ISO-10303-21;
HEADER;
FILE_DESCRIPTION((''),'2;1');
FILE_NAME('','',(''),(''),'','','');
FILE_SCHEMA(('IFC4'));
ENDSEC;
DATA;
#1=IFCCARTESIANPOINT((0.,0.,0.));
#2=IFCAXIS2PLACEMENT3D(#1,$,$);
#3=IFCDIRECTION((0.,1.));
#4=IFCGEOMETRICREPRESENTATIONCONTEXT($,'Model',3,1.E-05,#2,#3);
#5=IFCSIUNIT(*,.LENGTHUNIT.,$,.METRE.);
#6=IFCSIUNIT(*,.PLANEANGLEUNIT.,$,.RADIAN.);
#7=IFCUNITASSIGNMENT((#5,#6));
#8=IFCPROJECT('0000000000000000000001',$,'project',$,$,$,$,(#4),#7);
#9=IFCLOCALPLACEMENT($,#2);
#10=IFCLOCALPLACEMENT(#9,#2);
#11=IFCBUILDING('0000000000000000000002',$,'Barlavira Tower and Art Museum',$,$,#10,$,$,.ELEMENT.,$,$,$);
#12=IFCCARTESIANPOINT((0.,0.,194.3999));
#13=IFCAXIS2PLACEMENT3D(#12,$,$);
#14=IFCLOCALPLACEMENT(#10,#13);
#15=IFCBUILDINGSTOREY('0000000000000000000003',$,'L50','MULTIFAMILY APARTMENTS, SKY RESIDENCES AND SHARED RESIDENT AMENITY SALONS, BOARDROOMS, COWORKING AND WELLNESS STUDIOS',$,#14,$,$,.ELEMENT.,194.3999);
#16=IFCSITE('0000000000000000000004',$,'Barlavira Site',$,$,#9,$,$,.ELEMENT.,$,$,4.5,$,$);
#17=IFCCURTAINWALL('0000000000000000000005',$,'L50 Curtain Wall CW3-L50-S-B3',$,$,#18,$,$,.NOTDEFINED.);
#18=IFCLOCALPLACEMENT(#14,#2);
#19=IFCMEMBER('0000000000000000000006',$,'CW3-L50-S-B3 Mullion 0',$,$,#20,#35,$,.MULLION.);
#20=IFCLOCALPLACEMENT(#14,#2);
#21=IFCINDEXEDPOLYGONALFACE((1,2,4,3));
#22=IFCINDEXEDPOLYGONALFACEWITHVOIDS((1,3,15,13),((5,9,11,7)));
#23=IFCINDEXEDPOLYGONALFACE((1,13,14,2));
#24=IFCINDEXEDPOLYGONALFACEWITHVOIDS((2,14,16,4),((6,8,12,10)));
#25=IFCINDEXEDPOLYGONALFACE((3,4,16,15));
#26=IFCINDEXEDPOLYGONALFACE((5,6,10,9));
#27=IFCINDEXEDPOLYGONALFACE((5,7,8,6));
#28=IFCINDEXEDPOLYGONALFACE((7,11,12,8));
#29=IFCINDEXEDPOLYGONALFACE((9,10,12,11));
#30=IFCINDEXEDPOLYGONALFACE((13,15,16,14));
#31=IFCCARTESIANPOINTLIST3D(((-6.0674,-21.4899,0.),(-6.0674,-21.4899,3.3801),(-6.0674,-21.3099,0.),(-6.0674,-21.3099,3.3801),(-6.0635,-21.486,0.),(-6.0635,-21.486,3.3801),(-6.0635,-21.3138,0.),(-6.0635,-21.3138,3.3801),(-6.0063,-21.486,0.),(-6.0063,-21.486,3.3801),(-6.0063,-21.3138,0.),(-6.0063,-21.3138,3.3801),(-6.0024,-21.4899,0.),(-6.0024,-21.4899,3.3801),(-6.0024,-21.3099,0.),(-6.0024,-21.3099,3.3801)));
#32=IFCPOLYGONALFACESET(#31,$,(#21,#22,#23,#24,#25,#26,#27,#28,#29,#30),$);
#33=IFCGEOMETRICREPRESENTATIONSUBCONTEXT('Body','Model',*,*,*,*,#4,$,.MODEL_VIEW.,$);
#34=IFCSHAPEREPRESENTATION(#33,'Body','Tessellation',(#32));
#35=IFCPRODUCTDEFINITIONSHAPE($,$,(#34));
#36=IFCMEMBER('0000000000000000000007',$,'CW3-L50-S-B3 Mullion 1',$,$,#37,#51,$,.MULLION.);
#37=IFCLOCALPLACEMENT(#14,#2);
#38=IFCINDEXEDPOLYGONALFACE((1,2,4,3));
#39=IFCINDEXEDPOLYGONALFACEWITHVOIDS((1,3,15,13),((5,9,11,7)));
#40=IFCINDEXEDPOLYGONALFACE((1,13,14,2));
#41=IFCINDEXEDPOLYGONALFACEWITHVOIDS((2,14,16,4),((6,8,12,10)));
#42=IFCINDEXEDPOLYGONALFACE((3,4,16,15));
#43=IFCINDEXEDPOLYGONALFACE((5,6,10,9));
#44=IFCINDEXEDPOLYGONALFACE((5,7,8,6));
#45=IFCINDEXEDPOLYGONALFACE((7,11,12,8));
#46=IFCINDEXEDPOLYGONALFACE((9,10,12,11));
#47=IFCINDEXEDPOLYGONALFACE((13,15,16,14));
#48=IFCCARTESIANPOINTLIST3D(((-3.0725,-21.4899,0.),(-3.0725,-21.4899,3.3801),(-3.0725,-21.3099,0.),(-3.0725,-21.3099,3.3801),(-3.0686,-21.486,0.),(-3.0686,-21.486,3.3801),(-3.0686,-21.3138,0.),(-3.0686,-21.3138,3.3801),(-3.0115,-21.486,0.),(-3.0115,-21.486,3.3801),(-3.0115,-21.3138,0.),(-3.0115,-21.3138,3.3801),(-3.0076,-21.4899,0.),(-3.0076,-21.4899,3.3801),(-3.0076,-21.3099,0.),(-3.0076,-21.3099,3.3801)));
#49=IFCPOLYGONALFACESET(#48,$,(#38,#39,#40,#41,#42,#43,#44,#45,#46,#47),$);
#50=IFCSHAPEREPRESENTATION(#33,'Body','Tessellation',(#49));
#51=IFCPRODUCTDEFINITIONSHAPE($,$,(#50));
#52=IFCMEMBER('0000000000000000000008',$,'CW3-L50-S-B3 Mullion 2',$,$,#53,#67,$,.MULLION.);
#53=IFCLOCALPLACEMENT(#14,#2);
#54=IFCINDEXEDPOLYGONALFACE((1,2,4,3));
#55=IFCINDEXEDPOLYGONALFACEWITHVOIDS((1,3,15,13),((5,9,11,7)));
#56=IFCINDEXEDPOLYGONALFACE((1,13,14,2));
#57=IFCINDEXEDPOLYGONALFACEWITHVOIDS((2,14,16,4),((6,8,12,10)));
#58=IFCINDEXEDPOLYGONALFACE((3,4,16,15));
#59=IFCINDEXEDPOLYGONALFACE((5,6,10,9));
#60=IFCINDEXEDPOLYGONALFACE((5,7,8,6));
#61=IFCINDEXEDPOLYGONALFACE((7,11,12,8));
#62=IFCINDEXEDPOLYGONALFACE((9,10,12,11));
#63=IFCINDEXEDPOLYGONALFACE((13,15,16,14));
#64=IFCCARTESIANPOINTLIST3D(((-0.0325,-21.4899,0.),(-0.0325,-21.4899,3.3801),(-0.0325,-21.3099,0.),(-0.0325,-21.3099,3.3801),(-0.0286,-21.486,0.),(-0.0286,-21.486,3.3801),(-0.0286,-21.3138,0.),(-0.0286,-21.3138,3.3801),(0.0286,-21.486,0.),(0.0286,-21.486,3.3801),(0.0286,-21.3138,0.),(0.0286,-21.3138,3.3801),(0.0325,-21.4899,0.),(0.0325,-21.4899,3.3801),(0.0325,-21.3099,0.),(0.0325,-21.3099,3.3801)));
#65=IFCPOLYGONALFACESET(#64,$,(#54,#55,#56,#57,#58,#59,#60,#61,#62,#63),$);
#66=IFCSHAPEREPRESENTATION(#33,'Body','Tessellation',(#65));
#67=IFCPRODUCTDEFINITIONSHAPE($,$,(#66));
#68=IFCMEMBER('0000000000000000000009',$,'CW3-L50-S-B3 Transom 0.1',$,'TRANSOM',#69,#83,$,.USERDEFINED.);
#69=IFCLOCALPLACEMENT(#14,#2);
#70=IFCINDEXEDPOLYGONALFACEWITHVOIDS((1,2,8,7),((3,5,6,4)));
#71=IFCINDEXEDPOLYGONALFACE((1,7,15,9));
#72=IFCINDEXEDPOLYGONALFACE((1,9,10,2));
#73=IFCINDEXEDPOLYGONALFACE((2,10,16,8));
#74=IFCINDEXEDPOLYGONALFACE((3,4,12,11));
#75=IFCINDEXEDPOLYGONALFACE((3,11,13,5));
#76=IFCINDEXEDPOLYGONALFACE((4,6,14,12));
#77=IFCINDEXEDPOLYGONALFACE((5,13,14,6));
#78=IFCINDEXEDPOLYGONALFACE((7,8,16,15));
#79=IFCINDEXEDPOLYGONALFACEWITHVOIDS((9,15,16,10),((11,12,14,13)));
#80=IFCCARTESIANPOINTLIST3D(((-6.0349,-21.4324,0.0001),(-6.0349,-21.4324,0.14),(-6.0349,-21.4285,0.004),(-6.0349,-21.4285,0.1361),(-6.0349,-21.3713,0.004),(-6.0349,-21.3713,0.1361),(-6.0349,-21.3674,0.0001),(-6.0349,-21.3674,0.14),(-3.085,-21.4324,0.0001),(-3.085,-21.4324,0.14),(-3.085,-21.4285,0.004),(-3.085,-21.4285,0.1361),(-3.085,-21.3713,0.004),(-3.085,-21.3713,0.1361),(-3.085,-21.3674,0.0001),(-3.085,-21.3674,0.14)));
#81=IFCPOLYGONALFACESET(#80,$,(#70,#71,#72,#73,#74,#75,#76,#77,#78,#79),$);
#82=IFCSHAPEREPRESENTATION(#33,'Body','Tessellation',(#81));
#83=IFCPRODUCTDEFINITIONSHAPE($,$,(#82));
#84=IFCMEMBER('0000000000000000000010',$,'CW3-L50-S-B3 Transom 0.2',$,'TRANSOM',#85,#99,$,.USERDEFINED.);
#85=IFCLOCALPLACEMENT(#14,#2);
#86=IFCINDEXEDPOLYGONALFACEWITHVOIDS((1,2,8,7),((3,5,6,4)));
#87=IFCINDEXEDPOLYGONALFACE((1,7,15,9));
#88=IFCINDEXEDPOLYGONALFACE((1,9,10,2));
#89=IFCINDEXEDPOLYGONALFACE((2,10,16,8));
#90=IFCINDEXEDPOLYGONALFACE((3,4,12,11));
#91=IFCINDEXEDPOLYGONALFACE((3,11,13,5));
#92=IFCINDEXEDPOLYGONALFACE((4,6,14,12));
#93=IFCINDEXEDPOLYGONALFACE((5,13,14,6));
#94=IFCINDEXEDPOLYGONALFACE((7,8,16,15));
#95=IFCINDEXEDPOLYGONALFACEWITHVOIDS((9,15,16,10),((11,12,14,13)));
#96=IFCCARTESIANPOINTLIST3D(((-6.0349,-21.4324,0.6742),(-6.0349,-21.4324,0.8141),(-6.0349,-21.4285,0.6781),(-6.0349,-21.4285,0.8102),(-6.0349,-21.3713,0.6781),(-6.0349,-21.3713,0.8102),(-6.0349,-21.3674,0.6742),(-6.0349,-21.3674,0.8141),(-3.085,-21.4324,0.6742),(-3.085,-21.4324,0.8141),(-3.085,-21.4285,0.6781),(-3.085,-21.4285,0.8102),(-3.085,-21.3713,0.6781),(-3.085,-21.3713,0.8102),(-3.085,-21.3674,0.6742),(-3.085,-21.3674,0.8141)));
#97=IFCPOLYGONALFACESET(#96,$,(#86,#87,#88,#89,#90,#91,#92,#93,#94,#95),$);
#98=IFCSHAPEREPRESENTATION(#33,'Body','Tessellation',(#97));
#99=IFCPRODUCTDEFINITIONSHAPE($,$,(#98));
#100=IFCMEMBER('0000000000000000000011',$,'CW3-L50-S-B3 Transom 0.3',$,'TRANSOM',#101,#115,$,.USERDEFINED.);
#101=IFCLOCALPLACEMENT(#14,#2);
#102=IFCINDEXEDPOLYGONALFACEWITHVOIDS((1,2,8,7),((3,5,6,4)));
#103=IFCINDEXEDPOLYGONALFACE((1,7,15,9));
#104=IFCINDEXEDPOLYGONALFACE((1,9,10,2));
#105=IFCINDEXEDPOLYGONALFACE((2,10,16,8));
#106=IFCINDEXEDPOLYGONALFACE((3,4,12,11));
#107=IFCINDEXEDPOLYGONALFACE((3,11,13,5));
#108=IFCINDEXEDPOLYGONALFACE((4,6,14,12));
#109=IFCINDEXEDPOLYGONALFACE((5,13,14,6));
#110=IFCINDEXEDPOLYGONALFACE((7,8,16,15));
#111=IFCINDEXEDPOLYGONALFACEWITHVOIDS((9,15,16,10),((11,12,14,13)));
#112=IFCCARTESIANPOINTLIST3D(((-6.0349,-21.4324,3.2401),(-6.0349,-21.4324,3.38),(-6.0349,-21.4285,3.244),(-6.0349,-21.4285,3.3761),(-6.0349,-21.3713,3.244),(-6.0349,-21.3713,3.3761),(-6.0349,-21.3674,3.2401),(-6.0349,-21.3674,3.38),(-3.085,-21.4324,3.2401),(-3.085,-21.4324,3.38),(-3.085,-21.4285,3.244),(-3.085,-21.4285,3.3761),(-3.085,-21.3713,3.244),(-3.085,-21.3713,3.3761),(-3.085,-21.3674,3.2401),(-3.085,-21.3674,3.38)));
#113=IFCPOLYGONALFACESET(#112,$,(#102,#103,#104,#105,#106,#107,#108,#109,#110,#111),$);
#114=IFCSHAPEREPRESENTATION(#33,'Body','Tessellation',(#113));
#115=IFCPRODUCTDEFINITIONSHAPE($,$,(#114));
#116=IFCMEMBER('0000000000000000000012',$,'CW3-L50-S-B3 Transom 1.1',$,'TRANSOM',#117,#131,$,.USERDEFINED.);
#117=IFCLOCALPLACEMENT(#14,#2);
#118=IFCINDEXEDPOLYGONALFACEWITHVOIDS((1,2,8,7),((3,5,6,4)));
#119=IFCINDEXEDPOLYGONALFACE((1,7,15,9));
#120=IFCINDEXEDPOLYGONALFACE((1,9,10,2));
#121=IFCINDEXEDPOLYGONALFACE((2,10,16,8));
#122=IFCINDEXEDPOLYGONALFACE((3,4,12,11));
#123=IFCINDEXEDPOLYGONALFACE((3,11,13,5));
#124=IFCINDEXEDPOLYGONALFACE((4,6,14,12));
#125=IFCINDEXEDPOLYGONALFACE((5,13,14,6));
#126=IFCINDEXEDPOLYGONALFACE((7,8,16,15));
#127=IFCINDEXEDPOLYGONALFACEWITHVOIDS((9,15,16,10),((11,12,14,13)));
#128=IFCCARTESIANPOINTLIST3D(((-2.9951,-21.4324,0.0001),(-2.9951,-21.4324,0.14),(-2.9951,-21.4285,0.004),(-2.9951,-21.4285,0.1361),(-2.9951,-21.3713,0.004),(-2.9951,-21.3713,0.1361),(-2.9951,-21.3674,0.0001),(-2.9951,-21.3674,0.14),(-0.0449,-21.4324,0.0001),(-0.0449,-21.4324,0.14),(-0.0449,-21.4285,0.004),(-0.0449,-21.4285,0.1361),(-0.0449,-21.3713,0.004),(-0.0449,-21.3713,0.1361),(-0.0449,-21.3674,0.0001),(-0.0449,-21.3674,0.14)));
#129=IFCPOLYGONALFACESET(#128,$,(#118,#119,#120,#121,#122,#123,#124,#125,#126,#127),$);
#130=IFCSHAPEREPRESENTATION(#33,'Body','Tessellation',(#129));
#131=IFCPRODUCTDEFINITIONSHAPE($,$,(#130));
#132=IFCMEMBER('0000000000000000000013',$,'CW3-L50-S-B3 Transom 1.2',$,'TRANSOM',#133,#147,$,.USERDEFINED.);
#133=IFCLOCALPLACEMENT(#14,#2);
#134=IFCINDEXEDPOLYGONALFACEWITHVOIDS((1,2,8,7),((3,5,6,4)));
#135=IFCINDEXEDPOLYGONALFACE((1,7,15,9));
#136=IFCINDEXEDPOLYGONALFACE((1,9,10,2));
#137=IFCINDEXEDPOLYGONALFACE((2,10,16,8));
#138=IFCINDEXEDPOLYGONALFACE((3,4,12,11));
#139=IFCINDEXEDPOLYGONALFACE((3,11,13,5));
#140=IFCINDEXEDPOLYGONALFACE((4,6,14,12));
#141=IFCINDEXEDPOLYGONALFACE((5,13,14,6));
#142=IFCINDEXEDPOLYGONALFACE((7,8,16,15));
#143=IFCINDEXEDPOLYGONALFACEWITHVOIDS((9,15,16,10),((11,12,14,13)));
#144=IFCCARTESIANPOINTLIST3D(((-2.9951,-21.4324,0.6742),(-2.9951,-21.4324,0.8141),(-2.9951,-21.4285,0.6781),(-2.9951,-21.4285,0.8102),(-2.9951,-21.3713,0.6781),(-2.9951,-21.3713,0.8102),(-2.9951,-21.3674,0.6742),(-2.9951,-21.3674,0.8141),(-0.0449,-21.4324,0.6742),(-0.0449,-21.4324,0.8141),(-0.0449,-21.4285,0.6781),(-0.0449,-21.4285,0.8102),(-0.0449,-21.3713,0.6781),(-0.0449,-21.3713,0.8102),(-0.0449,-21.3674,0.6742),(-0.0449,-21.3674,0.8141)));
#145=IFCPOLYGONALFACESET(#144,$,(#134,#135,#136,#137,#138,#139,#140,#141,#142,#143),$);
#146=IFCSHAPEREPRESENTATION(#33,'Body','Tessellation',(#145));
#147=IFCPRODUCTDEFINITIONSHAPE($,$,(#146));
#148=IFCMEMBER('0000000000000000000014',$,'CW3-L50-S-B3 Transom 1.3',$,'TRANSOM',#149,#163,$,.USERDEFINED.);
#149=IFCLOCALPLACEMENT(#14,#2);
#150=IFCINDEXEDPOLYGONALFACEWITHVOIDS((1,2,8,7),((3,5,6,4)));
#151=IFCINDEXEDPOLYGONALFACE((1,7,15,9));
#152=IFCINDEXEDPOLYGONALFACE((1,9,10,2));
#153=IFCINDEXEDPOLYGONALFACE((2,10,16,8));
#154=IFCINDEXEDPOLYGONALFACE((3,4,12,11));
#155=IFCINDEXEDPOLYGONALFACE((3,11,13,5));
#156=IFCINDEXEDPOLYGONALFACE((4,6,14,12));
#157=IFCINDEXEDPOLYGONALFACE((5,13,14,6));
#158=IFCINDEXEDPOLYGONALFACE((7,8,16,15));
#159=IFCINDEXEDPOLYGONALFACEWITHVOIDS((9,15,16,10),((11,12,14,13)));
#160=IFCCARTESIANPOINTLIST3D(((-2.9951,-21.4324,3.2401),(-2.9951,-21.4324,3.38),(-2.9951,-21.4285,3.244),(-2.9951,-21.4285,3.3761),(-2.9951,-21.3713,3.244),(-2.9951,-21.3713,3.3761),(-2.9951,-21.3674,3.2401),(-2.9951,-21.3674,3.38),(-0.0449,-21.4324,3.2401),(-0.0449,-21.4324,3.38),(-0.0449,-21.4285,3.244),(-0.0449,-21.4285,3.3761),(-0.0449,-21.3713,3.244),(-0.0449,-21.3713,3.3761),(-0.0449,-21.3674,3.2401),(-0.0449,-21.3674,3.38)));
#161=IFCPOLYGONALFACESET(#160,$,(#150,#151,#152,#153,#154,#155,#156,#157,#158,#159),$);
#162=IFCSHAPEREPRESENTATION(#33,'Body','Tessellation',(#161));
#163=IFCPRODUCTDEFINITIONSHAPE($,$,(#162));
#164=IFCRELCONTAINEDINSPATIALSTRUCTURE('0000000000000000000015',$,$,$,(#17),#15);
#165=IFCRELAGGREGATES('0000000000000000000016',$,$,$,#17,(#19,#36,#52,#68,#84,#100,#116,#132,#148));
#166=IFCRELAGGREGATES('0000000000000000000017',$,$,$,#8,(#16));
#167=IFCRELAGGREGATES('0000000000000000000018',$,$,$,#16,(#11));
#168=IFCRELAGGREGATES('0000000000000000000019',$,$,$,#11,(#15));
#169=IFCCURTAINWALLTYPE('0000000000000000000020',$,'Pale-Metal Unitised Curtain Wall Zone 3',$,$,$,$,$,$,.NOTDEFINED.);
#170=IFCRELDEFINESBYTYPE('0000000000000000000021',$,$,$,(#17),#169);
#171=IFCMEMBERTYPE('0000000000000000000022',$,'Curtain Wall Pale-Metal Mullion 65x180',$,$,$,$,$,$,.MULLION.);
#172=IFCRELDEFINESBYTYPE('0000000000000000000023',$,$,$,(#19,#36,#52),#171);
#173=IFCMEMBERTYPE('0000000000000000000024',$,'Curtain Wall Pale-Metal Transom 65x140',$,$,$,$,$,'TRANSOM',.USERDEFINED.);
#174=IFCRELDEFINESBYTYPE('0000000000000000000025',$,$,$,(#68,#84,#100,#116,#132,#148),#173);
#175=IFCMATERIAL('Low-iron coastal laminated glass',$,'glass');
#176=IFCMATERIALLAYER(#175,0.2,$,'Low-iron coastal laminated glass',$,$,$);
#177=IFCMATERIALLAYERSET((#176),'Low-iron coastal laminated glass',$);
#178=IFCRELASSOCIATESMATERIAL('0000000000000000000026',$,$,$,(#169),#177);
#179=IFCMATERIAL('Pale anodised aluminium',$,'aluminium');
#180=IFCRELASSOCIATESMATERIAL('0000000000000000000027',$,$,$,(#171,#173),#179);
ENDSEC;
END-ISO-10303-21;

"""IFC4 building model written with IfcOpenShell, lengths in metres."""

from ifc_helpers import new_model, si_unit, direction, frame, origin, origin_2d, place, context, subcontext, project, spatial, hollow_rectangle, extrude, material, layer, layer_set, material_profile, profile_set, type_object, element, aggregate, save


model = new_model("IFC4")

# Units and contexts
model_context = context("Model", 3, precision=1e-05, world=origin(), true_north=direction((0.0, 1.0)))
body_context = subcontext(model_context, "Body", "Model", "MODEL_VIEW")
ifc_project = project(units=[si_unit("LENGTHUNIT", "METRE"), si_unit("PLANEANGLEUNIT", "RADIAN")], contexts=[model_context])

# Site, building, storey
site_placement = place(None, origin())
site = spatial("IfcSite", under=ifc_project, at=site_placement, Name="Barlavira Site", CompositionType="ELEMENT", RefElevation=4.5)
building_placement = place(site_placement, origin())
building = spatial("IfcBuilding", under=site, at=building_placement, Name="Barlavira Tower and Art Museum", CompositionType="ELEMENT")
storey_placement = place(building_placement, frame((0.0, 0.0, 194.3999)))
storey = spatial("IfcBuildingStorey", under=building, at=storey_placement, Name="L50", Description="MULTIFAMILY APARTMENTS, SKY RESIDENCES AND SHARED RESIDENT AMENITY SALONS, BOARDROOMS, COWORKING AND WELLNESS STUDIOS", CompositionType="ELEMENT", Elevation=194.3999)

# Curtain wall, members
ifc_material_1 = material(Name="Low-iron coastal laminated glass", Category="glass")
ifc_layer_1 = layer(ifc_material_1, 0.2, Name="Low-iron coastal laminated glass")
ifc_layer_set_1 = layer_set([ifc_layer_1], Name="Low-iron coastal laminated glass")
curtain_wall_type = type_object("IfcCurtainWallType", Name="Pale-Metal Unitised Curtain Wall Zone 3", PredefinedType="NOTDEFINED", material=ifc_layer_set_1)
curtain_wall_placement = place(storey_placement, origin())
curtain_wall = element("IfcCurtainWall", 1, at=curtain_wall_placement, inside=storey, type_object=curtain_wall_type, Name="L50 Curtain Wall CW3-L50-S-B3", PredefinedType="NOTDEFINED")
ifc_material_2 = material(Name="Pale anodised aluminium", Category="aluminium")
ifc_material_profile_1 = material_profile(ifc_material_2, hollow_rectangle(XDim=0.0649, YDim=0.1799, WallThickness=0.0039, at=origin_2d()), Name="ALU-MULL 65x180x4")
ifc_profile_set_1 = profile_set([ifc_material_profile_1], Name="Pale anodised aluminium")
member_type_1 = type_object("IfcMemberType", Name="Curtain Wall Pale-Metal Mullion 65x180", PredefinedType="MULLION", material=ifc_profile_set_1)
member_1_placement = place(storey_placement, frame((-6.0349, -21.3999, 0.0), z_axis=(0.0, 0.0, 1.0), x_axis=(1.0, 0.0, 0.0)))
member_1 = element("IfcMember", 2, at=member_1_placement, type_object=member_type_1, Name="CW3-L50-S-B3 Mullion 0", PredefinedType="MULLION", context=body_context, shape_type="SweptSolid", body=[
    extrude(hollow_rectangle(XDim=0.0649, YDim=0.1799, WallThickness=0.0039, at=origin_2d()), origin(), (0.0, 0.0, 1.0), 3.3801),
])
member_2_placement = place(storey_placement, frame((-3.04, -21.3999, 0.0), z_axis=(0.0, 0.0, 1.0), x_axis=(1.0, 0.0, 0.0)))
member_2 = element("IfcMember", 3, at=member_2_placement, type_object=member_type_1, Name="CW3-L50-S-B3 Mullion 1", PredefinedType="MULLION", context=body_context, shape_type="SweptSolid", body=[
    extrude(hollow_rectangle(XDim=0.0649, YDim=0.1799, WallThickness=0.0039, at=origin_2d()), origin(), (0.0, 0.0, 1.0), 3.3801),
])
member_3_placement = place(storey_placement, frame((0.0, -21.3999, 0.0), z_axis=(0.0, 0.0, 1.0), x_axis=(1.0, 0.0, 0.0)))
member_3 = element("IfcMember", 4, at=member_3_placement, type_object=member_type_1, Name="CW3-L50-S-B3 Mullion 2", PredefinedType="MULLION", context=body_context, shape_type="SweptSolid", body=[
    extrude(hollow_rectangle(XDim=0.0649, YDim=0.1799, WallThickness=0.0039, at=origin_2d()), origin(), (0.0, 0.0, 1.0), 3.3801),
])
ifc_material_profile_2 = material_profile(ifc_material_2, hollow_rectangle(XDim=0.0649, YDim=0.1399, WallThickness=0.0039, at=origin_2d()), Name="ALU-TRAN 65x140x4")
ifc_profile_set_2 = profile_set([ifc_material_profile_2], Name="Pale anodised aluminium")
member_type_2 = type_object("IfcMemberType", Name="Curtain Wall Pale-Metal Transom 65x140", ElementType="TRANSOM", PredefinedType="USERDEFINED", material=ifc_profile_set_2)
member_4_placement = place(storey_placement, frame((-6.0349, -21.3999, 0.0701), z_axis=(1.0, 0.0, 0.0), x_axis=(0.0, 1.0, 0.0)))
member_4 = element("IfcMember", 5, at=member_4_placement, type_object=member_type_2, Name="CW3-L50-S-B3 Transom 0.1", ObjectType="TRANSOM", PredefinedType="USERDEFINED", context=body_context, shape_type="SweptSolid", body=[
    extrude(hollow_rectangle(XDim=0.0649, YDim=0.1399, WallThickness=0.0039, at=origin_2d()), origin(), (0.0, 0.0, 1.0), 2.95),
])
member_5_placement = place(storey_placement, frame((-6.0349, -21.3999, 0.7441), z_axis=(1.0, 0.0, 0.0), x_axis=(0.0, 1.0, 0.0)))
member_5 = element("IfcMember", 6, at=member_5_placement, type_object=member_type_2, Name="CW3-L50-S-B3 Transom 0.2", ObjectType="TRANSOM", PredefinedType="USERDEFINED", context=body_context, shape_type="SweptSolid", body=[
    extrude(hollow_rectangle(XDim=0.0649, YDim=0.1399, WallThickness=0.0039, at=origin_2d()), origin(), (0.0, 0.0, 1.0), 2.95),
])
member_6_placement = place(storey_placement, frame((-6.0349, -21.3999, 3.3101), z_axis=(1.0, 0.0, 0.0), x_axis=(0.0, 1.0, 0.0)))
member_6 = element("IfcMember", 7, at=member_6_placement, type_object=member_type_2, Name="CW3-L50-S-B3 Transom 0.3", ObjectType="TRANSOM", PredefinedType="USERDEFINED", context=body_context, shape_type="SweptSolid", body=[
    extrude(hollow_rectangle(XDim=0.0649, YDim=0.1399, WallThickness=0.0039, at=origin_2d()), origin(), (0.0, 0.0, 1.0), 2.95),
])
member_7_placement = place(storey_placement, frame((-2.9951, -21.3999, 0.0701), z_axis=(1.0, 0.0, 0.0), x_axis=(0.0, 1.0, 0.0)))
member_7 = element("IfcMember", 8, at=member_7_placement, type_object=member_type_2, Name="CW3-L50-S-B3 Transom 1.1", ObjectType="TRANSOM", PredefinedType="USERDEFINED", context=body_context, shape_type="SweptSolid", body=[
    extrude(hollow_rectangle(XDim=0.0649, YDim=0.1399, WallThickness=0.0039, at=origin_2d()), origin(), (0.0, 0.0, 1.0), 2.9502),
])
member_8_placement = place(storey_placement, frame((-2.9951, -21.3999, 0.7441), z_axis=(1.0, 0.0, 0.0), x_axis=(0.0, 1.0, 0.0)))
member_8 = element("IfcMember", 9, at=member_8_placement, type_object=member_type_2, Name="CW3-L50-S-B3 Transom 1.2", ObjectType="TRANSOM", PredefinedType="USERDEFINED", context=body_context, shape_type="SweptSolid", body=[
    extrude(hollow_rectangle(XDim=0.0649, YDim=0.1399, WallThickness=0.0039, at=origin_2d()), origin(), (0.0, 0.0, 1.0), 2.9502),
])
member_9_placement = place(storey_placement, frame((-2.9951, -21.3999, 3.3101), z_axis=(1.0, 0.0, 0.0), x_axis=(0.0, 1.0, 0.0)))
member_9 = element("IfcMember", 10, at=member_9_placement, type_object=member_type_2, Name="CW3-L50-S-B3 Transom 1.3", ObjectType="TRANSOM", PredefinedType="USERDEFINED", context=body_context, shape_type="SweptSolid", body=[
    extrude(hollow_rectangle(XDim=0.0649, YDim=0.1399, WallThickness=0.0039, at=origin_2d()), origin(), (0.0, 0.0, 1.0), 2.9502),
])

aggregate(curtain_wall, [member_1, member_2, member_3, member_4, member_5, member_6, member_7, member_8, member_9])

save(model, "model.ifc")
